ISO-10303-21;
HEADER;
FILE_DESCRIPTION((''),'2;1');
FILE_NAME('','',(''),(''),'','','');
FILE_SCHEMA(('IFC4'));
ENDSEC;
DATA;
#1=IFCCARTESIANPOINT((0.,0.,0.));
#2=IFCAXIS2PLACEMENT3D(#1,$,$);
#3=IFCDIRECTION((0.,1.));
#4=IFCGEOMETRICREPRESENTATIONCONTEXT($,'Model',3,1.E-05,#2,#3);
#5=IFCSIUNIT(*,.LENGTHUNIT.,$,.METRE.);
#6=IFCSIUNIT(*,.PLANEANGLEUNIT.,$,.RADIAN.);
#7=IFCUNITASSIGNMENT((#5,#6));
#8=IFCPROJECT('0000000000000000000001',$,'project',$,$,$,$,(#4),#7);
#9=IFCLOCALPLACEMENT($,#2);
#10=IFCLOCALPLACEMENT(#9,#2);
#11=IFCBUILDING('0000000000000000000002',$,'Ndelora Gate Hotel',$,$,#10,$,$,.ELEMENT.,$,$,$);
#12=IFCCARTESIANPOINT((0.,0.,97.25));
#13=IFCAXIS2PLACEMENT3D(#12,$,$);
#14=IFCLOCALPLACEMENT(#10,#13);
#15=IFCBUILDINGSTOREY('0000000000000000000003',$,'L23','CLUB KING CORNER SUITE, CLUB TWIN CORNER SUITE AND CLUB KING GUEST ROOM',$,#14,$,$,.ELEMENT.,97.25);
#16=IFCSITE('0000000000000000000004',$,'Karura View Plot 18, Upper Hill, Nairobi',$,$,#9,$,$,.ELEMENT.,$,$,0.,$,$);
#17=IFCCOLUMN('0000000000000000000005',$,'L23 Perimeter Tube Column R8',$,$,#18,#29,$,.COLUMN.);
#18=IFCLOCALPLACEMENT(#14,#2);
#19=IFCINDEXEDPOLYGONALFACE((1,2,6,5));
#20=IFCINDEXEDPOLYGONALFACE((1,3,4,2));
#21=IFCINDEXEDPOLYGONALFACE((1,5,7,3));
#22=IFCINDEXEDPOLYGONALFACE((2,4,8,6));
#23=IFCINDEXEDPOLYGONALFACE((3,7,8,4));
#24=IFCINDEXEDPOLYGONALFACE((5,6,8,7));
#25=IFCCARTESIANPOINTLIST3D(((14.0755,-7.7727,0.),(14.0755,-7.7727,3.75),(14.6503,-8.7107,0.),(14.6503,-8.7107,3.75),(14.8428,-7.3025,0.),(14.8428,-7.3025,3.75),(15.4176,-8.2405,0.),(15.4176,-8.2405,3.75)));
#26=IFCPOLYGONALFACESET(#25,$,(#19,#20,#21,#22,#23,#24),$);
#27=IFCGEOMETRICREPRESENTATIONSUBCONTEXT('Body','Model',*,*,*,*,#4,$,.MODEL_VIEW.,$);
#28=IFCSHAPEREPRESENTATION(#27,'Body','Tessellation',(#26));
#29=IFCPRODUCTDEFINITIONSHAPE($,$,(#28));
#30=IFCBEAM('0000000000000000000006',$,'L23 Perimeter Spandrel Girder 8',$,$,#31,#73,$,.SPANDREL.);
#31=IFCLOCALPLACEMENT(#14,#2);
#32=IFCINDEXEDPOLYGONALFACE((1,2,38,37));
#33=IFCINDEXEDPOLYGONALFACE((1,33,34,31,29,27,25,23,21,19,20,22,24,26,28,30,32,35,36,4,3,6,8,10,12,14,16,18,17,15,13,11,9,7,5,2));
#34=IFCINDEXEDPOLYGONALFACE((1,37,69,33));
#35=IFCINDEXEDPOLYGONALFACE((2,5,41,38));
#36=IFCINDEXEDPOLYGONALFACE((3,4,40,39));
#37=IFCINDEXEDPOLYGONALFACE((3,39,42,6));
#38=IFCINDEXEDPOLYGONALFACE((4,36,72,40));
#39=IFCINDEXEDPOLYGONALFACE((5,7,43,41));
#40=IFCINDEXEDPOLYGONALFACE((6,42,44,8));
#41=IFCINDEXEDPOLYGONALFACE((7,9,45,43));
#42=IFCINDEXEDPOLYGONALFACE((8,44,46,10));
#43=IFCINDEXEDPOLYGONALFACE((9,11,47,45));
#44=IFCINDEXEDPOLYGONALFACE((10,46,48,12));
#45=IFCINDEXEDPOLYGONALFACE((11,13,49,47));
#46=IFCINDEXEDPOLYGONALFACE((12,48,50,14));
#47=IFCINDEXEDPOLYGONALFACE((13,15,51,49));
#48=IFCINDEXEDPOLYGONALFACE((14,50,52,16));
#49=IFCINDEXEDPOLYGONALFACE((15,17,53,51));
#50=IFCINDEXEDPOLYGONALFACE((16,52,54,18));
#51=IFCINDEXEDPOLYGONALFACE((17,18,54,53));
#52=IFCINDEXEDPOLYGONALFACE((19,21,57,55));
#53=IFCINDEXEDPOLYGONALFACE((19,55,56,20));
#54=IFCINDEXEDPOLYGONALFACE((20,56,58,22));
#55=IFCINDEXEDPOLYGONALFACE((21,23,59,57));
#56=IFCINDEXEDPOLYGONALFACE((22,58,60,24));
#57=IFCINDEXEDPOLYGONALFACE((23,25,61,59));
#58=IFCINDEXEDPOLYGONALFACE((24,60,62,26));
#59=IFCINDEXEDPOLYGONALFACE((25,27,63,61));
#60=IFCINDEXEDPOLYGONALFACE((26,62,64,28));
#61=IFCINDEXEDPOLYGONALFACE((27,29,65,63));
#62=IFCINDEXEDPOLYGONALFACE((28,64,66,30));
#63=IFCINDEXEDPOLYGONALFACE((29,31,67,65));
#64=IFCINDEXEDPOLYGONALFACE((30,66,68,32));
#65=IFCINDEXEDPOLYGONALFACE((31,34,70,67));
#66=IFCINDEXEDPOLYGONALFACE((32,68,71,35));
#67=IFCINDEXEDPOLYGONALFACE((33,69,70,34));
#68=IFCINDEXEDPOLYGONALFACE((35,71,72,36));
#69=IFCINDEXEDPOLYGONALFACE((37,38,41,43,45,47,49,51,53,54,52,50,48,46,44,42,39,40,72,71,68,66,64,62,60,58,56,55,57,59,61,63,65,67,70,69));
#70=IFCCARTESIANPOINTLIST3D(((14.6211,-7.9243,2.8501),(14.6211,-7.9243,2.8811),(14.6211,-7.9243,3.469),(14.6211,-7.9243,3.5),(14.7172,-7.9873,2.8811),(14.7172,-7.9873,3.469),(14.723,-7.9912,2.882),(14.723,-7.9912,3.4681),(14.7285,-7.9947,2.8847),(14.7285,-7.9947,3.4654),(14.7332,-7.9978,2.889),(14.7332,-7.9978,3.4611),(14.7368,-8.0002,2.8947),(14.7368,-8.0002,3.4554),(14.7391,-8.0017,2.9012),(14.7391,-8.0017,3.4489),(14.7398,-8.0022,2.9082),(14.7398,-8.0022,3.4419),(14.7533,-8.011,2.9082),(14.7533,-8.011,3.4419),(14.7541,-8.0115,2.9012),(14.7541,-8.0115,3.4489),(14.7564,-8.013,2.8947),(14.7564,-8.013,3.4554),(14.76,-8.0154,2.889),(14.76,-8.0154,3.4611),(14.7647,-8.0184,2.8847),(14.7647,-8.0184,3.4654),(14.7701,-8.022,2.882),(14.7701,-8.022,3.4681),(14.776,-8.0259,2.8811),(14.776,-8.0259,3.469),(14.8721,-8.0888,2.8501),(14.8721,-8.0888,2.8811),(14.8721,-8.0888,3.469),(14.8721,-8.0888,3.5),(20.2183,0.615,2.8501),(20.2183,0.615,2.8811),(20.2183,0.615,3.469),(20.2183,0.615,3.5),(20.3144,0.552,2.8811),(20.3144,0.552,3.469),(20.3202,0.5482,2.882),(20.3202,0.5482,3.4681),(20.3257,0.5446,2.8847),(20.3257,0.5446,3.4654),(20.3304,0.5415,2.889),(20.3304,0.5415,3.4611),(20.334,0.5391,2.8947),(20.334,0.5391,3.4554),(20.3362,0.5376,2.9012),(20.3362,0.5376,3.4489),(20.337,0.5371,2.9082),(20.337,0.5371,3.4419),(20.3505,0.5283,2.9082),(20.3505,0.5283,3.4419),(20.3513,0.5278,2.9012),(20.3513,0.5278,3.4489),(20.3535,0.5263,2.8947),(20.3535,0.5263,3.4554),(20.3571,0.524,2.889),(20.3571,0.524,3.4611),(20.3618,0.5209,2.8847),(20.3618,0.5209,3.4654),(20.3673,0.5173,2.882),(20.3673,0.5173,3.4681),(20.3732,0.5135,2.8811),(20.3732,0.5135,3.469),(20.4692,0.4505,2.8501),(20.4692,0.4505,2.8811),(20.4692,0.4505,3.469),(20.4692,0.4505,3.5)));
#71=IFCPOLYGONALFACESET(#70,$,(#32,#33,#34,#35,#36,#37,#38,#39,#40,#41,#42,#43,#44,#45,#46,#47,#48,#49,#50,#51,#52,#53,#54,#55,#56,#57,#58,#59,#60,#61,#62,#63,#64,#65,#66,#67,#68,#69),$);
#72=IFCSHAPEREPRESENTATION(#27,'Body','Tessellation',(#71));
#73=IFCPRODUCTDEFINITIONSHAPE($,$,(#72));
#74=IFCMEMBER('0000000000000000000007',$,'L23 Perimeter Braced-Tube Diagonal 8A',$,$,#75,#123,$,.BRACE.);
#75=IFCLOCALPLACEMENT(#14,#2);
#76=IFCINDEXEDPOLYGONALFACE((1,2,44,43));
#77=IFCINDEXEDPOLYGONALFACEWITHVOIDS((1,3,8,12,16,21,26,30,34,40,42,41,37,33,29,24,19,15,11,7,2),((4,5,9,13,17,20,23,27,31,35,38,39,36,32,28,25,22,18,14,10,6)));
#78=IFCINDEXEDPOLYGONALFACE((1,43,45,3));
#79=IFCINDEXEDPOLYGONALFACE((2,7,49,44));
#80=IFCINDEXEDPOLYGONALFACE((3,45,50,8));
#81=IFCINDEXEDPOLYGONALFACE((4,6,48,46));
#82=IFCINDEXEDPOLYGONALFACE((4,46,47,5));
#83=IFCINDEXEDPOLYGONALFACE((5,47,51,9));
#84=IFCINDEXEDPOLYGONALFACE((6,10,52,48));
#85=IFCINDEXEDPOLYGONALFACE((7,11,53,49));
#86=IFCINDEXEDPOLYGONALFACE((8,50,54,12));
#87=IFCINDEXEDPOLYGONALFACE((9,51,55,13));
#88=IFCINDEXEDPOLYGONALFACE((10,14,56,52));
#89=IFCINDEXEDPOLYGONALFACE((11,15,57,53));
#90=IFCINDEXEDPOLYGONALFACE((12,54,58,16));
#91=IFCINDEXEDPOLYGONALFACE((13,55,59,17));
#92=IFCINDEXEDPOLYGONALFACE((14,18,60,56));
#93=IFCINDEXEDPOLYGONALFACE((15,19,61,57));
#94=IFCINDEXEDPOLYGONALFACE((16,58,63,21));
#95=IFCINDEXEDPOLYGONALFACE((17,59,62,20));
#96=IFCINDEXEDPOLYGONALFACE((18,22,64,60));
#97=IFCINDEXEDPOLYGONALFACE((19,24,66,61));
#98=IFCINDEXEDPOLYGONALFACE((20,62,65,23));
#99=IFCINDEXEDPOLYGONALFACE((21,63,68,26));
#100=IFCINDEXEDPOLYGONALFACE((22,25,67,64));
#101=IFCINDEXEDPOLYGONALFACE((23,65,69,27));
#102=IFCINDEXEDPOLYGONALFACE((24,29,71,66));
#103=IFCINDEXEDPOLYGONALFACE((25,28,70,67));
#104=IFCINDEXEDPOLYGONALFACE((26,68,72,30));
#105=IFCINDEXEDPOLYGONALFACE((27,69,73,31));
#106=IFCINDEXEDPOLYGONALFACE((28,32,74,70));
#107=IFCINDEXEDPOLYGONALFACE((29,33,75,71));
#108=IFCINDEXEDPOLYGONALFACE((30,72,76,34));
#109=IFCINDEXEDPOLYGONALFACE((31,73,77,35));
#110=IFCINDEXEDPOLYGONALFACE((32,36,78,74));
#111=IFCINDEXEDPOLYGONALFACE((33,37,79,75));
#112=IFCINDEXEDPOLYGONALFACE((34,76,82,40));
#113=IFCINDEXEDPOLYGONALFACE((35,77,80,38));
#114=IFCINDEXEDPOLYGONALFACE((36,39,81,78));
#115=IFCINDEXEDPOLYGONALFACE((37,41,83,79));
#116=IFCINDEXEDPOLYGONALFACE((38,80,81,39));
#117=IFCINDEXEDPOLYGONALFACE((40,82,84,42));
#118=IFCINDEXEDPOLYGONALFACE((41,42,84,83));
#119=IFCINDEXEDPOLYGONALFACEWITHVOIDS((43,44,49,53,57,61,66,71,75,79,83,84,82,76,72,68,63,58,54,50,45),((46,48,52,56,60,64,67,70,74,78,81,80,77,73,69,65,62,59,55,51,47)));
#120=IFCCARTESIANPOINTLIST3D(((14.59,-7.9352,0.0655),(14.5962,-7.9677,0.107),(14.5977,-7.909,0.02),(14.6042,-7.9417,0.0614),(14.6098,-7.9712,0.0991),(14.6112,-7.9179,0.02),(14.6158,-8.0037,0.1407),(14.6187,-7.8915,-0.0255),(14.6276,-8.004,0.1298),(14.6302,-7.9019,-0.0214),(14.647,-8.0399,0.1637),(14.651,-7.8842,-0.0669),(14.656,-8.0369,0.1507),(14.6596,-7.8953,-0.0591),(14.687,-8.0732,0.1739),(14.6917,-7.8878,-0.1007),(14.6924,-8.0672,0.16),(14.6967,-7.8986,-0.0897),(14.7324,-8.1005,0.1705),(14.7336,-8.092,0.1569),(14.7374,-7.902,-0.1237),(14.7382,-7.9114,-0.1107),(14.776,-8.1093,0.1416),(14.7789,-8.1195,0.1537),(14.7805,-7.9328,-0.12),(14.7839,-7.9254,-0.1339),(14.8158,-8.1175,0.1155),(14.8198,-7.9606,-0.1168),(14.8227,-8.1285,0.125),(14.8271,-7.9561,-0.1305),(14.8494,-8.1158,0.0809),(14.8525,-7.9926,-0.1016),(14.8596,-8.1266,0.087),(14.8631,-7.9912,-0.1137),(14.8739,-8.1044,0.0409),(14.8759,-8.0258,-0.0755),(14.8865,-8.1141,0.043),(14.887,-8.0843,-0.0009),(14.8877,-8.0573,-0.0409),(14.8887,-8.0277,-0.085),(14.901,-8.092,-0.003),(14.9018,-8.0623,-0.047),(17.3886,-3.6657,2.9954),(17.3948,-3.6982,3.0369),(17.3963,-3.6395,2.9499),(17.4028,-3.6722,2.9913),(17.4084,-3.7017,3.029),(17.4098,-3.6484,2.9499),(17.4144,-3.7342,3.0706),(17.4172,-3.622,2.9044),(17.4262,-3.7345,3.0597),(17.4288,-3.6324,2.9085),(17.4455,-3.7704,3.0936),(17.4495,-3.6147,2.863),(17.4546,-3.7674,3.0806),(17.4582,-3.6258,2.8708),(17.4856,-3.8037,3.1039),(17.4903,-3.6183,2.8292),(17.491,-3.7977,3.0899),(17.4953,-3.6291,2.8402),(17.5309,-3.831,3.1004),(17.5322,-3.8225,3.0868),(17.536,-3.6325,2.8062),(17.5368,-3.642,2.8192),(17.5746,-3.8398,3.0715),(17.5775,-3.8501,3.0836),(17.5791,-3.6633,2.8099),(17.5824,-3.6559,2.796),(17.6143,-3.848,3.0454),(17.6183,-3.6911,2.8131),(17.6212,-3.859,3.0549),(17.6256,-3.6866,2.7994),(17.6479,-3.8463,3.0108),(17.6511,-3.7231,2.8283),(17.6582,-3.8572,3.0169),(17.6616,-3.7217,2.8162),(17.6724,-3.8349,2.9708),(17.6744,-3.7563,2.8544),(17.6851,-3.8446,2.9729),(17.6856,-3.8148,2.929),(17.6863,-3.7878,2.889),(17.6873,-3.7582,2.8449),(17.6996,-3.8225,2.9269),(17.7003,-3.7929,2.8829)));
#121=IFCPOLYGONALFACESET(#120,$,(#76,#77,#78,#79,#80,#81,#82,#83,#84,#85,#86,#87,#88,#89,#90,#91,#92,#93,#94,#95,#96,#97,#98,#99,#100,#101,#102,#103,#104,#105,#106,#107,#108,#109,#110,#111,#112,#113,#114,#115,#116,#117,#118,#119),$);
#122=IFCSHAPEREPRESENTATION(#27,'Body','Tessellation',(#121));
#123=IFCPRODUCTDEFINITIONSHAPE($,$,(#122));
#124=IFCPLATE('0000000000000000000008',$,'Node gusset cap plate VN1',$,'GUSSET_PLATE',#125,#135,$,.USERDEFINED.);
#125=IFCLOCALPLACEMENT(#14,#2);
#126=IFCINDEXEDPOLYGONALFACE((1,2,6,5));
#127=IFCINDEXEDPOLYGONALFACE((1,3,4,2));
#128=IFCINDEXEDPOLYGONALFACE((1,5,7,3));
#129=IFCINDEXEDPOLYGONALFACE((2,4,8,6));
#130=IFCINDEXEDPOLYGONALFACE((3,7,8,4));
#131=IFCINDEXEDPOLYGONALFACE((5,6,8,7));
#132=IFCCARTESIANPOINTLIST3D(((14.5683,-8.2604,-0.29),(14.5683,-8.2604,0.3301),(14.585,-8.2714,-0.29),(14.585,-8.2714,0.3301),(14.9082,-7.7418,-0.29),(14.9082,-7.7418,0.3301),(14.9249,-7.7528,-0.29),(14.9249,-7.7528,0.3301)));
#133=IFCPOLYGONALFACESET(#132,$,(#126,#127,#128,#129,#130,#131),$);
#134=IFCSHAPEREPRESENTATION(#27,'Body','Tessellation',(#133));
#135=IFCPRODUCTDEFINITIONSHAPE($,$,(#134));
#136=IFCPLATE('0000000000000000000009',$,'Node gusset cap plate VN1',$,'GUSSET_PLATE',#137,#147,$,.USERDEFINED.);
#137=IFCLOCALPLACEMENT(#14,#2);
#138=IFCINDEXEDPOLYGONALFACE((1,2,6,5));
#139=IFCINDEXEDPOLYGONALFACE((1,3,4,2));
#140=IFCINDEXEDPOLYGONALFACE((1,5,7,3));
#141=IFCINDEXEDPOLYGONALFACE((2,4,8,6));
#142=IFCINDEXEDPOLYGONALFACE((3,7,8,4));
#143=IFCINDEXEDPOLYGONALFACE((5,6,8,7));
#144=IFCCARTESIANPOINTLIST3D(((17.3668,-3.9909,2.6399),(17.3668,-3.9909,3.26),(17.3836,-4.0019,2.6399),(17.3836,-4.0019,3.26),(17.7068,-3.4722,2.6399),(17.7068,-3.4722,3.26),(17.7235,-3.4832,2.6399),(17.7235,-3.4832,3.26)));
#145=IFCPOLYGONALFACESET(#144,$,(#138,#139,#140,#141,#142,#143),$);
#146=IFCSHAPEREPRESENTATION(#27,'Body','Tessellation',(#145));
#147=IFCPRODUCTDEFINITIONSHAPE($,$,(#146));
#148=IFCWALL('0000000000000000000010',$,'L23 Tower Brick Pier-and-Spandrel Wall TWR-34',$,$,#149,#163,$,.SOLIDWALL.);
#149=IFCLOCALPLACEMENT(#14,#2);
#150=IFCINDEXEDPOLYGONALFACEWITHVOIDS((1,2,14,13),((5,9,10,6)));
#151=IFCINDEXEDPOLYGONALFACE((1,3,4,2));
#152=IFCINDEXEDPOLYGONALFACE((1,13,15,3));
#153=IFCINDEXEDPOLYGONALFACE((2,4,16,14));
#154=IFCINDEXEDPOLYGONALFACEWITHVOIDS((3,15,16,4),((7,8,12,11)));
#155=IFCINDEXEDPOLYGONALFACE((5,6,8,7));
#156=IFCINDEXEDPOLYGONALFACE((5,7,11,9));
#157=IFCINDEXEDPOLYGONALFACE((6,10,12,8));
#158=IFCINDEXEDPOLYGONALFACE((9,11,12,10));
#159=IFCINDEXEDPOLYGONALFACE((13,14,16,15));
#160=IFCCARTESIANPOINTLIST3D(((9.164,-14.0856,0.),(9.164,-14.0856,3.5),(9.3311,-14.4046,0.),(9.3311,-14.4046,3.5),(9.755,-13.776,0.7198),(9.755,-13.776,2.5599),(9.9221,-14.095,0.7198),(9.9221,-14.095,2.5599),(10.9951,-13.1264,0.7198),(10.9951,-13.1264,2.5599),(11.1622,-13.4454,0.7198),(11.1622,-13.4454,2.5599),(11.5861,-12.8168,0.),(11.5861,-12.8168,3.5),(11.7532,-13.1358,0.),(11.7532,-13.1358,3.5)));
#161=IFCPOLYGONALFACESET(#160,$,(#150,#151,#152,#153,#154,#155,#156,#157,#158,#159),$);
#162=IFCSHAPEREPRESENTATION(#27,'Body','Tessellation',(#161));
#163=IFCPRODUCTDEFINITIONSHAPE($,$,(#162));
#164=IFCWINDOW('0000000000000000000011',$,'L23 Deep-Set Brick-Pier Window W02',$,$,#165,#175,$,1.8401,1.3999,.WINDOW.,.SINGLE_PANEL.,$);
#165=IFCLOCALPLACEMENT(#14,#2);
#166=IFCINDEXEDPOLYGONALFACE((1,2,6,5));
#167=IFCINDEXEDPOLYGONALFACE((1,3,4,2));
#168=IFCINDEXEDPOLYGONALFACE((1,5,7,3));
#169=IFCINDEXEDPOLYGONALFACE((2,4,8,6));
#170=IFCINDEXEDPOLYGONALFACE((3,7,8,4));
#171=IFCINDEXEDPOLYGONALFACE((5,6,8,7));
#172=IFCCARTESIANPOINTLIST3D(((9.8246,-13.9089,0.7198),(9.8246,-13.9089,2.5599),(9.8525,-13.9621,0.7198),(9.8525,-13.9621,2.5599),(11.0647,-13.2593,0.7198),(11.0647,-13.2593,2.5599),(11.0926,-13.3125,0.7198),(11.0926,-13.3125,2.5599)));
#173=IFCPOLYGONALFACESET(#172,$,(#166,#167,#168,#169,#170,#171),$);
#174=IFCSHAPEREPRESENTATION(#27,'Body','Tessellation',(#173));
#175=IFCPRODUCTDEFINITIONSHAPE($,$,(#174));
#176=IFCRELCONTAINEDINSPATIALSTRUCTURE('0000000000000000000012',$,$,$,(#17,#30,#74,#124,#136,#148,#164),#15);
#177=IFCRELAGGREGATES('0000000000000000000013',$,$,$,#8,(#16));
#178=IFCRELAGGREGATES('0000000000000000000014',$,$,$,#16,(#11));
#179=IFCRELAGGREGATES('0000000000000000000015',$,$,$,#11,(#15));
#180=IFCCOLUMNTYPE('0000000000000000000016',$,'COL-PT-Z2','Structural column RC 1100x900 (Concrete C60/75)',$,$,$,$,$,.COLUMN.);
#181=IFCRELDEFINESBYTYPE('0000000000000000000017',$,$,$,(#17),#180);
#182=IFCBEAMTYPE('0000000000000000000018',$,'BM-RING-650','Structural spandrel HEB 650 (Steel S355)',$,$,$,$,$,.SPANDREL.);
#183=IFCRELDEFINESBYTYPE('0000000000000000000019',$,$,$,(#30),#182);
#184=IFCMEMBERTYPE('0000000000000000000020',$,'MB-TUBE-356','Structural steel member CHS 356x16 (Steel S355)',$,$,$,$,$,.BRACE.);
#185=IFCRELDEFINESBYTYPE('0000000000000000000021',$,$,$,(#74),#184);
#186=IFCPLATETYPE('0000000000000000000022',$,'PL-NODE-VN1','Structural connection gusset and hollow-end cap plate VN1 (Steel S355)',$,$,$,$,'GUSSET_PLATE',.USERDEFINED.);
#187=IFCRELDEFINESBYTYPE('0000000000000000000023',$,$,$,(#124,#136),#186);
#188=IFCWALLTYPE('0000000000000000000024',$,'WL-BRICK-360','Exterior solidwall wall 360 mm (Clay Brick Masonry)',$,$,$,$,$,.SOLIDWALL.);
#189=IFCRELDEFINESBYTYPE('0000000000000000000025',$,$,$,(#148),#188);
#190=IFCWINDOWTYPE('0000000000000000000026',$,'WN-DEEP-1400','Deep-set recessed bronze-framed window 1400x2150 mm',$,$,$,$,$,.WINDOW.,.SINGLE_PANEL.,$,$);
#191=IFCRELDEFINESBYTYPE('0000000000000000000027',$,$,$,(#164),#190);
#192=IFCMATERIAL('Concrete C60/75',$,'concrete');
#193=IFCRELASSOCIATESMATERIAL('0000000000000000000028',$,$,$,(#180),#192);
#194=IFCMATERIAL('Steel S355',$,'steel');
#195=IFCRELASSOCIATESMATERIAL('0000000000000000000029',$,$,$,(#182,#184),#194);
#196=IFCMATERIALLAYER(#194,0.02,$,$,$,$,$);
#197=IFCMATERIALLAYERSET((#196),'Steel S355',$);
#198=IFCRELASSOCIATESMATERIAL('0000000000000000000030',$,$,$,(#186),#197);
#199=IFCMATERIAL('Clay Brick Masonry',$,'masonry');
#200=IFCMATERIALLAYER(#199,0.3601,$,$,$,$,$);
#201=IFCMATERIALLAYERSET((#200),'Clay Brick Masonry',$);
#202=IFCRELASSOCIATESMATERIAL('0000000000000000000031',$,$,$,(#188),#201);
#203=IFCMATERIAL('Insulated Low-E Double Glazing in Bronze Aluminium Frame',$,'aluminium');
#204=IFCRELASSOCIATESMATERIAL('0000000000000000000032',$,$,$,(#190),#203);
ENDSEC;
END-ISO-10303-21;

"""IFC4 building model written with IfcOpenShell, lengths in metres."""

from ifc_helpers import new_model, si_unit, direction, frame, frame_2d, origin, origin_2d, place, context, subcontext, project, spatial, rectangle, hollow_circle, i_section, extrude, material, layer, layer_set, material_profile, profile_set, type_object, element, fill, save


model = new_model("IFC4")

# Units and contexts
model_context = context("Model", 3, precision=1e-05, world=origin(), true_north=direction((0.0, 1.0)))
body_context = subcontext(model_context, "Body", "Model", "MODEL_VIEW")
ifc_project = project(units=[si_unit("LENGTHUNIT", "METRE"), si_unit("PLANEANGLEUNIT", "RADIAN")], contexts=[model_context])

# Site, building, storey
site_placement = place(None, origin())
site = spatial("IfcSite", under=ifc_project, at=site_placement, Name="Karura View Plot 18, Upper Hill, Nairobi", CompositionType="ELEMENT", RefElevation=0.0)
building_placement = place(site_placement, origin())
building = spatial("IfcBuilding", under=site, at=building_placement, Name="Ndelora Gate Hotel", CompositionType="ELEMENT")
storey_placement = place(building_placement, frame((0.0, 0.0, 97.25)))
storey = spatial("IfcBuildingStorey", under=building, at=storey_placement, Name="L23", Description="CLUB KING CORNER SUITE, CLUB TWIN CORNER SUITE AND CLUB KING GUEST ROOM", CompositionType="ELEMENT", Elevation=97.25)

# Column
ifc_material_1 = material(Name="Concrete C60/75", Category="concrete")
ifc_material_profile_1 = material_profile(ifc_material_1, rectangle(XDim=0.8999, YDim=1.1001, at=origin_2d()), Name="RC 1100x900")
ifc_profile_set_1 = profile_set([ifc_material_profile_1], Name="Concrete C60/75")
column_type = type_object("IfcColumnType", Name="COL-PT-Z2", Description="Structural column RC 1100x900 (Concrete C60/75)", PredefinedType="COLUMN", material=ifc_profile_set_1)
column_placement = place(storey_placement, frame((14.7466, -8.0066, 0.0), z_axis=(0.0, 0.0, 1.0), x_axis=(0.85264, 0.522499, 0.0)))
element("IfcColumn", 1, at=column_placement, inside=storey, type_object=column_type, Name="L23 Perimeter Tube Column R8", PredefinedType="COLUMN", context=body_context, shape_type="SweptSolid", body=[
    extrude(rectangle(XDim=0.8999, YDim=1.1001, at=origin_2d()), origin(), (0.0, 0.0, 1.0), 3.75),
])

# Beam
ifc_material_2 = material(Name="Steel S355", Category="steel")
ifc_material_profile_2 = material_profile(ifc_material_2, i_section(OverallWidth=0.3, OverallDepth=0.6499, WebThickness=0.0161, FlangeThickness=0.031, FilletRadius=0.0271, at=origin_2d()), Name="HEB 650")
ifc_profile_set_2 = profile_set([ifc_material_profile_2], Name="Steel S355")
beam_type = type_object("IfcBeamType", Name="BM-RING-650", Description="Structural spandrel HEB 650 (Steel S355)", PredefinedType="SPANDREL", material=ifc_profile_set_2)
beam_placement = place(storey_placement, frame((14.7466, -8.0066, 3.175), z_axis=(0.548194, 0.836351, 0.0), x_axis=(-0.836351, 0.548194, 0.0)))
element("IfcBeam", 2, at=beam_placement, inside=storey, type_object=beam_type, Name="L23 Perimeter Spandrel Girder 8", PredefinedType="SPANDREL", context=body_context, shape_type="SweptSolid", body=[
    extrude(i_section(OverallWidth=0.3, OverallDepth=0.6499, WebThickness=0.0161, FlangeThickness=0.031, FilletRadius=0.0271, at=origin_2d()), origin(), (0.0, 0.0, 1.0), 10.2102),
])

# Member
ifc_material_profile_3 = material_profile(ifc_material_2, hollow_circle(Radius=0.178, WallThickness=0.0161, at=origin_2d()), Name="CHS 356x16")
ifc_profile_set_3 = profile_set([ifc_material_profile_3], Name="Steel S355")
member_type = type_object("IfcMemberType", Name="MB-TUBE-356", Description="Structural steel member CHS 356x16 (Steel S355)", PredefinedType="BRACE", material=ifc_profile_set_3)
member_placement = place(storey_placement, frame((14.7466, -8.0066, 0.02), z_axis=(0.475461, 0.725366, 0.497776), x_axis=(-0.836344, 0.548205, 0.0)))
element("IfcMember", 3, at=member_placement, inside=storey, type_object=member_type, Name="L23 Perimeter Braced-Tube Diagonal 8A", PredefinedType="BRACE", context=body_context, shape_type="SweptSolid", body=[
    extrude(hollow_circle(Radius=0.178, WallThickness=0.0161, at=origin_2d()), origin(), (0.0, 0.0, 1.0), 5.886),
])

# Plates
ifc_layer_1 = layer(ifc_material_2, 0.02)
ifc_layer_set_1 = layer_set([ifc_layer_1], Name="Steel S355")
plate_type = type_object("IfcPlateType", Name="PL-NODE-VN1", Description="Structural connection gusset and hollow-end cap plate VN1 (Steel S355)", ElementType="GUSSET_PLATE", PredefinedType="USERDEFINED", material=ifc_layer_set_1)
for number, where, z_axis, x_axis, name in (
    (4, (14.7466, -8.0066, -0.29), (0.0, 0.0, 1.0), (0.548147, 0.836382, 0.0), "Node gusset cap plate VN1"),
    (5, (17.5452, -3.7371, 2.6399), (0.0, 0.0, 1.0), (0.548147, 0.836382, 0.0), "Node gusset cap plate VN1"),
):
    element("IfcPlate", number, at=place(storey_placement, frame(where, z_axis=z_axis, x_axis=x_axis)), inside=storey, type_object=plate_type, Name=name, ObjectType="GUSSET_PLATE", PredefinedType="USERDEFINED", context=body_context, shape_type="SweptSolid", body=[
        extrude(rectangle(XDim=0.6201, YDim=0.02, at=origin_2d()), origin(), (0.0, 0.0, 1.0), 0.6201),
    ])

# Wall, opening, window
ifc_material_3 = material(Name="Clay Brick Masonry", Category="masonry")
ifc_layer_2 = layer(ifc_material_3, 0.3601)
ifc_layer_set_2 = layer_set([ifc_layer_2], Name="Clay Brick Masonry")
wall_type_1 = type_object("IfcWallType", Name="WL-BRICK-360", Description="Exterior solidwall wall 360 mm (Clay Brick Masonry)", PredefinedType="SOLIDWALL", material=ifc_layer_set_2)
wall_1_placement = place(storey_placement, frame((11.6697, -12.9763, 0.0), z_axis=(0.0, 0.0, 1.0), x_axis=(-0.885821, -0.464027, 0.0)))
wall_1 = element("IfcWall", 6, at=wall_1_placement, inside=storey, type_object=wall_type_1, Name="L23 Tower Brick Pier-and-Spandrel Wall TWR-34", PredefinedType="SOLIDWALL", context=body_context, shape_type="SweptSolid", body=[
    extrude(rectangle(XDim=2.7344, YDim=0.3601, at=frame_2d((1.3672, 0.0))), origin(), (0.0, 0.0, 1.0), 3.5),
])
opening_1_placement = place(wall_1_placement, frame((0.6672, 0.0, 0.72)))
opening_1 = element("IfcOpeningElement", 7, at=opening_1_placement, cuts=wall_1, PredefinedType="OPENING", context=body_context, shape_type="SweptSolid", body=[
    extrude(rectangle(XDim=1.3999, YDim=1.8401, at=frame_2d((0.7, 0.9199))), frame((0.0, 0.1899, 0.0), z_axis=(0.0, -1.0, 0.0), x_axis=(1.0, 0.0, 0.0)), (0.0, 0.0, 1.0), 0.3801),
])
ifc_material_4 = material(Name="Insulated Low-E Double Glazing in Bronze Aluminium Frame", Category="aluminium")
window_type_1 = type_object("IfcWindowType", Name="WN-DEEP-1400", Description="Deep-set recessed bronze-framed window 1400x2150 mm", PartitioningType="SINGLE_PANEL", PredefinedType="WINDOW", material=ifc_material_4)
window_1_placement = place(opening_1_placement, origin())
window_1 = element("IfcWindow", 8, at=window_1_placement, inside=storey, type_object=window_type_1, Name="L23 Deep-Set Brick-Pier Window W02", OverallHeight=1.8401, OverallWidth=1.3999, PartitioningType="SINGLE_PANEL", PredefinedType="WINDOW", context=body_context, shape_type="SweptSolid", body=[
    extrude(rectangle(XDim=1.3999, YDim=1.8401, at=frame_2d((0.7, 0.9199))), frame((0.0, 0.03, 0.0), z_axis=(0.0, -1.0, 0.0), x_axis=(1.0, 0.0, 0.0)), (0.0, 0.0, 1.0), 0.0601),
])
fill(opening_1, window_1)

save(model, "model.ifc")
